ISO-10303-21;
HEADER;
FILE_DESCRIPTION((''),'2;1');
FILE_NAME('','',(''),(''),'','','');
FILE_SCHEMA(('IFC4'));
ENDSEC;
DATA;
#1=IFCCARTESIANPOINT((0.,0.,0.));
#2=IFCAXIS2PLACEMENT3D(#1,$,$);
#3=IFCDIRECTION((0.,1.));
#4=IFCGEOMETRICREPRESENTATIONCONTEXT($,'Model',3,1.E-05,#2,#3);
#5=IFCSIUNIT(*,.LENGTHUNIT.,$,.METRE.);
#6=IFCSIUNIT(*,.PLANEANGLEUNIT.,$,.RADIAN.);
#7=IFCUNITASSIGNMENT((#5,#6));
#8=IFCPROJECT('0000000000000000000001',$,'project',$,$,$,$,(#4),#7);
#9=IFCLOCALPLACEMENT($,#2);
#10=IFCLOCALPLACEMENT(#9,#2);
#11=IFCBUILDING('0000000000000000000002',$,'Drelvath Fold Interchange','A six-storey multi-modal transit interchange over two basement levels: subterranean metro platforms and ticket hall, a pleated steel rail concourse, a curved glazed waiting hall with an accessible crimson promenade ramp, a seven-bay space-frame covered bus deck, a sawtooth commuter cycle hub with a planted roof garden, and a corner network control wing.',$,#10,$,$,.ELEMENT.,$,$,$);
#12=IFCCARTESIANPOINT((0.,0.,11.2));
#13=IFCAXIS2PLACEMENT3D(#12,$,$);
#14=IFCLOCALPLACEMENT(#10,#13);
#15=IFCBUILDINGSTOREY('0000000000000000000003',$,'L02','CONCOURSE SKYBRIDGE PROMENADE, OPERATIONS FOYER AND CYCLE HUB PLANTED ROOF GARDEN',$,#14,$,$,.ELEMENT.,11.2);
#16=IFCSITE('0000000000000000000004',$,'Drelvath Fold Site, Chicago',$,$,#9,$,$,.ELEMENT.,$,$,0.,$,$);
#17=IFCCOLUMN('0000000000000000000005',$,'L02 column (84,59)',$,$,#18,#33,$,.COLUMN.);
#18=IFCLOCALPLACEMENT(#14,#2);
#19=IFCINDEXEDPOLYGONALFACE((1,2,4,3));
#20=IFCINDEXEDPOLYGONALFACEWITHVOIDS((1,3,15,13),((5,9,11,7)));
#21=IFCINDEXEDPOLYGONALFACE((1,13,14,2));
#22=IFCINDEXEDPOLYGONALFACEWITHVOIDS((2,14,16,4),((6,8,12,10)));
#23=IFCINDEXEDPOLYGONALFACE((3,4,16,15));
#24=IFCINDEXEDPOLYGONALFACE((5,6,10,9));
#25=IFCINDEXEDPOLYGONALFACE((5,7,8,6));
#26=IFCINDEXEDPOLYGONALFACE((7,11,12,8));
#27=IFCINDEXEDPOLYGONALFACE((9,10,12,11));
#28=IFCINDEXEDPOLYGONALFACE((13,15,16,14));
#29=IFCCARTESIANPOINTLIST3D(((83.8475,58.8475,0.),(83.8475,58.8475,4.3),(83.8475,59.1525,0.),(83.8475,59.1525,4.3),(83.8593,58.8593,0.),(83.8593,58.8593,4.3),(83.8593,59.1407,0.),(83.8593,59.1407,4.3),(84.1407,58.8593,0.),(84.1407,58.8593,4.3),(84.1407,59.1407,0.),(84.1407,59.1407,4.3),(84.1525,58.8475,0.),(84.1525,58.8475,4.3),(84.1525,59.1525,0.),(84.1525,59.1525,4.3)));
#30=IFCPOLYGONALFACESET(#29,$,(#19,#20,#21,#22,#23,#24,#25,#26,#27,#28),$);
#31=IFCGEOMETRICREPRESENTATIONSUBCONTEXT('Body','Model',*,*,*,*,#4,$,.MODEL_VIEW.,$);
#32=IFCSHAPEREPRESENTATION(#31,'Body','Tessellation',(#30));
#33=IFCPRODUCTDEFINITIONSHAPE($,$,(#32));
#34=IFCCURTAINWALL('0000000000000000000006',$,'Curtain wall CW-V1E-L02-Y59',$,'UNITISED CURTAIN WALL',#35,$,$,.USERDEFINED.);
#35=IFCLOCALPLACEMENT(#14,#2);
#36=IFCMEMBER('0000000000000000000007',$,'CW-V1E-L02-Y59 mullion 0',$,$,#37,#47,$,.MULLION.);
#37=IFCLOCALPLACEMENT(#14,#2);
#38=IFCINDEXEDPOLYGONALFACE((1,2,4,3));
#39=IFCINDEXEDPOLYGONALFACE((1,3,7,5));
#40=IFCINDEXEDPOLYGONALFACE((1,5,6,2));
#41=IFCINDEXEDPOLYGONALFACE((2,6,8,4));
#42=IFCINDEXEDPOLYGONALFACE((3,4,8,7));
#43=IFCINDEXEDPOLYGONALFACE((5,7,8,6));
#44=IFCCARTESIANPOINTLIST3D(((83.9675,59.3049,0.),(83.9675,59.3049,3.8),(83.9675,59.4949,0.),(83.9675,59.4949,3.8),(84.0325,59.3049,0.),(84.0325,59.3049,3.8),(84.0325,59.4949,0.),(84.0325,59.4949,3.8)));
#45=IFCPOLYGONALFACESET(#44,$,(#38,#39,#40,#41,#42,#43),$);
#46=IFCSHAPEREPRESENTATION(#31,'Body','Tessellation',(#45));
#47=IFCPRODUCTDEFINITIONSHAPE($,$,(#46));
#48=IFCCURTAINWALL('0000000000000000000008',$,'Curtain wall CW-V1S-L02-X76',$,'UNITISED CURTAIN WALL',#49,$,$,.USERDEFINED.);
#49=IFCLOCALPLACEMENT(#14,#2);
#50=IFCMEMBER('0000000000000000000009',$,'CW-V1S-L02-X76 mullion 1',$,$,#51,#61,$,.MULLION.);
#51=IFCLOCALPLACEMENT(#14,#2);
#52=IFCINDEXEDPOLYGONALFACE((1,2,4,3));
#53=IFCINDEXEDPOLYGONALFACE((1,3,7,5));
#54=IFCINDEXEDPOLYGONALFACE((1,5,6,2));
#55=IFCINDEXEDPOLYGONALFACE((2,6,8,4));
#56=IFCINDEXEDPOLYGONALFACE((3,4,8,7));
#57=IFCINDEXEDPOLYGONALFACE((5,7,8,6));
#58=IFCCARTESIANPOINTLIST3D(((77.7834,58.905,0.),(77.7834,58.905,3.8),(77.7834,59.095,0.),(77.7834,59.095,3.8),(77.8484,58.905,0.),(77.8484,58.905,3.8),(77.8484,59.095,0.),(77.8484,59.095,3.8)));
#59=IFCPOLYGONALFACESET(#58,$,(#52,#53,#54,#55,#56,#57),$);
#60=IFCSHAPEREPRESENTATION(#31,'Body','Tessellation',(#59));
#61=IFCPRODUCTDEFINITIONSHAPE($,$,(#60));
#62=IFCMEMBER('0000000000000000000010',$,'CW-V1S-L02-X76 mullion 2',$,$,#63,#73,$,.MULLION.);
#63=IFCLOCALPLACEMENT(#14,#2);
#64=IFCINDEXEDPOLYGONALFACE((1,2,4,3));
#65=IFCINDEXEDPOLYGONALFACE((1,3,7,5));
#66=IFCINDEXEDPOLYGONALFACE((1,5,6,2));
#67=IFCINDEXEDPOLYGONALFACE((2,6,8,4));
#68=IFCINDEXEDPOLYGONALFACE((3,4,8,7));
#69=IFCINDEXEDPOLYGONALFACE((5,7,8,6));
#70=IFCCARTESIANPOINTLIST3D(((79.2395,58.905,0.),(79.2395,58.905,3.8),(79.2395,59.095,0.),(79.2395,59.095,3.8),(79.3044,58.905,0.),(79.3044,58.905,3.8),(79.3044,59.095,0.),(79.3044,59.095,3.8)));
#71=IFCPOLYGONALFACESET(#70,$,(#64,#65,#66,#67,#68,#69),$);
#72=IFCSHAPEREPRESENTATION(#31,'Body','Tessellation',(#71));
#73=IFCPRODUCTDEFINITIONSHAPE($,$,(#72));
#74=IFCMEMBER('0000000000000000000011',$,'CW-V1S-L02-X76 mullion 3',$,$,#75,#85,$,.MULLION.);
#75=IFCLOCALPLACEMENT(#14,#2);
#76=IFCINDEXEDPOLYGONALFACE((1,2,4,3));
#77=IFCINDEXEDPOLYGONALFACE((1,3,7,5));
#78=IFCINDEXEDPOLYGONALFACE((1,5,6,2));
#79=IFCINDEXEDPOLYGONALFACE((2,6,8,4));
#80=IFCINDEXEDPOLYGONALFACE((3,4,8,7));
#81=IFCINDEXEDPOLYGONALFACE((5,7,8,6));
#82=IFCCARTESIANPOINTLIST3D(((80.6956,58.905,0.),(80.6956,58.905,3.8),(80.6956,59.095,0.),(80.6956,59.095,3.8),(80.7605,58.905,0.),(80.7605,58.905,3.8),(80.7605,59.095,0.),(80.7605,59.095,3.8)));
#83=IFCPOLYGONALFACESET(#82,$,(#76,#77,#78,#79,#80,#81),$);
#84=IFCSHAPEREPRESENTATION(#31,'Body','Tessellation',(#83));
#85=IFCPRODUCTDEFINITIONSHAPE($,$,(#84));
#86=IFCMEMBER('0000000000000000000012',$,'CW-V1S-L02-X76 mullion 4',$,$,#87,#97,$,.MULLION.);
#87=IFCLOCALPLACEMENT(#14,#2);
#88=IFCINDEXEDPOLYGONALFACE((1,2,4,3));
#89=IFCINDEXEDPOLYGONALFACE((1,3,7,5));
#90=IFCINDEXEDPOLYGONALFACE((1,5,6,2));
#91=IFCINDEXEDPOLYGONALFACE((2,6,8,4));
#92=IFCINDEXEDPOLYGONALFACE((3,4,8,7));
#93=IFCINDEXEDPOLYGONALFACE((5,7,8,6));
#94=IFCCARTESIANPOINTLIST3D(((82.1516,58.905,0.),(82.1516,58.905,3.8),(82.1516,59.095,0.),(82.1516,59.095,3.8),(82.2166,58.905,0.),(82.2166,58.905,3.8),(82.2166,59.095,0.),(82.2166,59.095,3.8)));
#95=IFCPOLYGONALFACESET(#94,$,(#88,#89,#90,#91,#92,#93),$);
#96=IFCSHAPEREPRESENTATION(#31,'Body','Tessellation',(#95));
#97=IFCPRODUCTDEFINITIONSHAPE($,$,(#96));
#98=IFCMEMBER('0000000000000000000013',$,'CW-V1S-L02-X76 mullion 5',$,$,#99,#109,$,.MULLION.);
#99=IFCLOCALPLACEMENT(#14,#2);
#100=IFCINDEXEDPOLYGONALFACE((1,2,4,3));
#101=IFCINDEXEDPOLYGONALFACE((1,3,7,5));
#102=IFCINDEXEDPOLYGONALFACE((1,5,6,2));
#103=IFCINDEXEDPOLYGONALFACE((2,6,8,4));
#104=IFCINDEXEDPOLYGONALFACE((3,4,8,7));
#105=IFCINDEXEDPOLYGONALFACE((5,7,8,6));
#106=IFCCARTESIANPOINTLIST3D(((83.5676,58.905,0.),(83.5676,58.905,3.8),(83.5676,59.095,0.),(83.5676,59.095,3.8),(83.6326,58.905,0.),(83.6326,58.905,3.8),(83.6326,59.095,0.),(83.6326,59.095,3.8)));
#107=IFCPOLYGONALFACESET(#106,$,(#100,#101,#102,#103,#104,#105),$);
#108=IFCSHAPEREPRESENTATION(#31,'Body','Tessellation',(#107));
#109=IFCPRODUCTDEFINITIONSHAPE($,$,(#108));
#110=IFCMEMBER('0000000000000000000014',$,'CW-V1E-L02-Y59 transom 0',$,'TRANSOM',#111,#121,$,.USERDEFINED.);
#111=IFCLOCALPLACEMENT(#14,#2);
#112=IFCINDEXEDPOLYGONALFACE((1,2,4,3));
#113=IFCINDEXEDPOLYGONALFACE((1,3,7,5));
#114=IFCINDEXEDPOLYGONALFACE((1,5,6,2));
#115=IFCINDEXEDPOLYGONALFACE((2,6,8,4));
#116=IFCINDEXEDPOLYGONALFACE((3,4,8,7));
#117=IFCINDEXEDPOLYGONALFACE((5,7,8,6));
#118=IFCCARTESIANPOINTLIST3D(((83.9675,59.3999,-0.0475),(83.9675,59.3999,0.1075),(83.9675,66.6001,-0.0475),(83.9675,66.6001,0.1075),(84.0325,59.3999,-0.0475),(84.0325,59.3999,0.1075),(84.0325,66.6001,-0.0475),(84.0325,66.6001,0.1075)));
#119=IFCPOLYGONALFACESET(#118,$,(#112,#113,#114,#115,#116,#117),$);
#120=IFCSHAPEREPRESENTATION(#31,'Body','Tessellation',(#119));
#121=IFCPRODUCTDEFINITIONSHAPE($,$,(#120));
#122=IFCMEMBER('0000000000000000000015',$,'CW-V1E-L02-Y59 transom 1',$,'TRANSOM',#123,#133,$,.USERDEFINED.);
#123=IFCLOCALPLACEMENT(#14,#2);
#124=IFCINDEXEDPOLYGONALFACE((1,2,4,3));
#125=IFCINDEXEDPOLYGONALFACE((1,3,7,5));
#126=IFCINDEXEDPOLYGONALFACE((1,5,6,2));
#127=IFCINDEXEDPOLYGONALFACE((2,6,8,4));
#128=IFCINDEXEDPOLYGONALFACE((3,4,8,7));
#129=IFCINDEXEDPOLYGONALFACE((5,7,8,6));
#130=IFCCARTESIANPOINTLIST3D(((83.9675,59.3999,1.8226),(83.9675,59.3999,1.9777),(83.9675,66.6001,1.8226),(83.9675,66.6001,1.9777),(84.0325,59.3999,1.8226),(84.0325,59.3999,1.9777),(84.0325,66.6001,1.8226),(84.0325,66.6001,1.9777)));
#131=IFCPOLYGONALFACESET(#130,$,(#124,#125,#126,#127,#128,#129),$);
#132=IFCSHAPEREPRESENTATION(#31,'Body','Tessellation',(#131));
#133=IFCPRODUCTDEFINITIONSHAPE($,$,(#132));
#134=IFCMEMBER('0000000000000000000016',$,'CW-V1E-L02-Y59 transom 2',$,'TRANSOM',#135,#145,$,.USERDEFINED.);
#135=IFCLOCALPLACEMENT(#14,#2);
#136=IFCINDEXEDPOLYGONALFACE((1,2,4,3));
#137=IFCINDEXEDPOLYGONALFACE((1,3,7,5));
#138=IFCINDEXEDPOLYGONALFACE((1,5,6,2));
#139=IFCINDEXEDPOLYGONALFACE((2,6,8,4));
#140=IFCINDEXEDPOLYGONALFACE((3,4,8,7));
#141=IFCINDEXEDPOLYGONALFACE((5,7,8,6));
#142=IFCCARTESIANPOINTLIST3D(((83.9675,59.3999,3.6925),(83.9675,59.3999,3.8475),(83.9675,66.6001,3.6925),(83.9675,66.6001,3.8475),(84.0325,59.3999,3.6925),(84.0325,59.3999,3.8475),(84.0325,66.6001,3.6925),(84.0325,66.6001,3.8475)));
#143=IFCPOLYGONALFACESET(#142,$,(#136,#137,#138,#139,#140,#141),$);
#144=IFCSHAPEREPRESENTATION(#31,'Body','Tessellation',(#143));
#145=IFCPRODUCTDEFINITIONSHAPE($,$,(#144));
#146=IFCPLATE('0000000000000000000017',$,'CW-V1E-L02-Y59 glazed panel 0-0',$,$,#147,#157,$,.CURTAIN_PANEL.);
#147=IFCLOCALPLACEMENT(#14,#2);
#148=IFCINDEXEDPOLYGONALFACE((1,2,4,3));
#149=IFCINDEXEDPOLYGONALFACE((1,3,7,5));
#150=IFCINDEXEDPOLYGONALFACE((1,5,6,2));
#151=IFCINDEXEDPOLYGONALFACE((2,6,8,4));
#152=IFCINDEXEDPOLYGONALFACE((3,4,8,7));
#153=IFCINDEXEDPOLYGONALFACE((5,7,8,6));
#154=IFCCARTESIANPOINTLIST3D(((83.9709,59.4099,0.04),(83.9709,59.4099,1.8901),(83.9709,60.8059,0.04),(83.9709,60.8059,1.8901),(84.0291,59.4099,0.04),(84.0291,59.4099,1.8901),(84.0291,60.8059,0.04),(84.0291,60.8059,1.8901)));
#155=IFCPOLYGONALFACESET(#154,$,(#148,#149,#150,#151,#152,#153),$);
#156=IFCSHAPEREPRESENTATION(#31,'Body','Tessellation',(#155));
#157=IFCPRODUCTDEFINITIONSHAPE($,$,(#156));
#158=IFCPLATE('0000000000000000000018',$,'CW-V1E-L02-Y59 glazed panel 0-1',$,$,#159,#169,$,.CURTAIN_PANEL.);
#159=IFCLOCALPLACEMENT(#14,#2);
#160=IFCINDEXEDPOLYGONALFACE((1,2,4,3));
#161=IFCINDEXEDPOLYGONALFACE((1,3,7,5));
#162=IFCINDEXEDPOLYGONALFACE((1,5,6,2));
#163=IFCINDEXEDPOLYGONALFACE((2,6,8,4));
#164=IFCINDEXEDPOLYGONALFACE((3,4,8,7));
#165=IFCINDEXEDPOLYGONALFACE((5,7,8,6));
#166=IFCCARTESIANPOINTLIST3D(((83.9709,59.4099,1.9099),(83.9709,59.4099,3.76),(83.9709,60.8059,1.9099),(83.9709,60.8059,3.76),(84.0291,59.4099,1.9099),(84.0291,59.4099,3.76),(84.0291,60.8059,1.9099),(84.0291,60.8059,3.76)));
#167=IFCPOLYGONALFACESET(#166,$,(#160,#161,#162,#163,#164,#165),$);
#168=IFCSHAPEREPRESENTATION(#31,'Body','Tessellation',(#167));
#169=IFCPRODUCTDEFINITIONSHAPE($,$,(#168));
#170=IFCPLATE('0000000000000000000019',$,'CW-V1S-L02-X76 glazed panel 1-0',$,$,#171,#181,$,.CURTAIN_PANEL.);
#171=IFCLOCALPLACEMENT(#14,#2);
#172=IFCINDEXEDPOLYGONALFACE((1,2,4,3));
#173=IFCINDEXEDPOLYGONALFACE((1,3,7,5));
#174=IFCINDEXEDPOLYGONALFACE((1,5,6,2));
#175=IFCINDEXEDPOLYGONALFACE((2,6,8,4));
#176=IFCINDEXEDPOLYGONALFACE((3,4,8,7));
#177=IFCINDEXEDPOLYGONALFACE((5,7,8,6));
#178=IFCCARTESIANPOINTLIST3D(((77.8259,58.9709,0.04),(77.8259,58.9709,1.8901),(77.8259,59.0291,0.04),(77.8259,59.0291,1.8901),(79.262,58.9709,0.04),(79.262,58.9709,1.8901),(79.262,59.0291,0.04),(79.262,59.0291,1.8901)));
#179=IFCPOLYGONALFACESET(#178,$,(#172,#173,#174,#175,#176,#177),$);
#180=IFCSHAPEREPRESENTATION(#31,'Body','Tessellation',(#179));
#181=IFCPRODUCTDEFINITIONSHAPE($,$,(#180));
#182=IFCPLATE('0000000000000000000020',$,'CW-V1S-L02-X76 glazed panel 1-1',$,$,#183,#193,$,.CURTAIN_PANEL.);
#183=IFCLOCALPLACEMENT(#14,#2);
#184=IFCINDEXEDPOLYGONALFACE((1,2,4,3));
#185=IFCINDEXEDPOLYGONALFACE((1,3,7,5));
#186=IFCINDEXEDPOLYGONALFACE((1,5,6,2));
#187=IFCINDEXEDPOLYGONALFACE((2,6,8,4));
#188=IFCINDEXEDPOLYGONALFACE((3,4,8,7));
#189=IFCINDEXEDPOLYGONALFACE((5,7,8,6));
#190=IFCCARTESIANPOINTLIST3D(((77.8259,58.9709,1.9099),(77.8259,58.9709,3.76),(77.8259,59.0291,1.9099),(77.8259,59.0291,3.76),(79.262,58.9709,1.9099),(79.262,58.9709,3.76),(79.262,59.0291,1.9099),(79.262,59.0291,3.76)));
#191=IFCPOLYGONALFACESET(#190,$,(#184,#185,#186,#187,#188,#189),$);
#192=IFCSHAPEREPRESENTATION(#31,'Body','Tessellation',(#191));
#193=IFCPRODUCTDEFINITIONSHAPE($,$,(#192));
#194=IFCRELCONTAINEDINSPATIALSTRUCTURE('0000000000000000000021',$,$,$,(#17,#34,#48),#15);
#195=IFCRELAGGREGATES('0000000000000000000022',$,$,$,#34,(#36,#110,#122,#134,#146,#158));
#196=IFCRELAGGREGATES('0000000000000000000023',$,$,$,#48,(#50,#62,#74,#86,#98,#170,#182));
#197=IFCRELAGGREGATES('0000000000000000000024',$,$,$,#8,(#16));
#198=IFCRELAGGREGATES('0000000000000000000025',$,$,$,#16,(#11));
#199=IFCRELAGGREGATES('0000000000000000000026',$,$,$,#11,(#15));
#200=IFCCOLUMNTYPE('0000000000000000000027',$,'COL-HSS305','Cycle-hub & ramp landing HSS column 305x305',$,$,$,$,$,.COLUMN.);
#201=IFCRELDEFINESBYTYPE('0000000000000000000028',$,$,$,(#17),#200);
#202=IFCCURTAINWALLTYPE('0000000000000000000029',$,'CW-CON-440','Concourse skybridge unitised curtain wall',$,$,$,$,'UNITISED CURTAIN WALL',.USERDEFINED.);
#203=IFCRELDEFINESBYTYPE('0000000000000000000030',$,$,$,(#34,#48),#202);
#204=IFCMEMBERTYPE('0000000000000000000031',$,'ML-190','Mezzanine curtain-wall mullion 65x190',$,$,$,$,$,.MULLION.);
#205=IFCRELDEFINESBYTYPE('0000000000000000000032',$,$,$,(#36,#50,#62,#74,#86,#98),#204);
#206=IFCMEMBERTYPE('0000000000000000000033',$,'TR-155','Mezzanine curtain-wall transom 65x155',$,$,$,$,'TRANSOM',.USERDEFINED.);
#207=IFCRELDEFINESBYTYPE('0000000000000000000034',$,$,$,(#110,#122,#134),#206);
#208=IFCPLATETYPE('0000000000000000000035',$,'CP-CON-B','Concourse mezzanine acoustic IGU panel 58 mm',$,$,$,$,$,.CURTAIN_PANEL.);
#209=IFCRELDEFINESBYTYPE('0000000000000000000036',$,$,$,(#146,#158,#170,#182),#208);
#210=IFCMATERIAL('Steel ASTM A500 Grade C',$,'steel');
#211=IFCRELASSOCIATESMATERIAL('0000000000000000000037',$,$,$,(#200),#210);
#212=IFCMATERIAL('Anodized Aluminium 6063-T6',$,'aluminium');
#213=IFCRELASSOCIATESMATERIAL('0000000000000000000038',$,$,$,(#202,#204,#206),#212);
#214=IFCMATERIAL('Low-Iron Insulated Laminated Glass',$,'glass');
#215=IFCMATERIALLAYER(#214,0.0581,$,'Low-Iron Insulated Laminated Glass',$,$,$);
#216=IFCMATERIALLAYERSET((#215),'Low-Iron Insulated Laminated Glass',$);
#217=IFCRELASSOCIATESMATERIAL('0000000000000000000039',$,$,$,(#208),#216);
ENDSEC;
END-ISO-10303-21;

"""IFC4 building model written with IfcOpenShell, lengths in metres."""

from ifc_helpers import new_model, si_unit, direction, frame, origin, origin_2d, place, context, subcontext, project, spatial, rectangle, hollow_rectangle, extrude, material, layer, layer_set, material_profile, profile_set, type_object, element, aggregate, save


model = new_model("IFC4")

# Units and contexts
model_context = context("Model", 3, precision=1e-05, world=origin(), true_north=direction((0.0, 1.0)))
body_context = subcontext(model_context, "Body", "Model", "MODEL_VIEW")
ifc_project = project(units=[si_unit("LENGTHUNIT", "METRE"), si_unit("PLANEANGLEUNIT", "RADIAN")], contexts=[model_context])

# Site, building, storey
site_placement = place(None, origin())
site = spatial("IfcSite", under=ifc_project, at=site_placement, Name="Drelvath Fold Site, Chicago", CompositionType="ELEMENT", RefElevation=0.0)
building_placement = place(site_placement, origin())
building = spatial("IfcBuilding", under=site, at=building_placement, Name="Drelvath Fold Interchange", Description="A six-storey multi-modal transit interchange over two basement levels: subterranean metro platforms and ticket hall, a pleated steel rail concourse, a curved glazed waiting hall with an accessible crimson promenade ramp, a seven-bay space-frame covered bus deck, a sawtooth commuter cycle hub with a planted roof garden, and a corner network control wing.", CompositionType="ELEMENT")
storey_placement = place(building_placement, frame((0.0, 0.0, 11.2)))
storey = spatial("IfcBuildingStorey", under=building, at=storey_placement, Name="L02", Description="CONCOURSE SKYBRIDGE PROMENADE, OPERATIONS FOYER AND CYCLE HUB PLANTED ROOF GARDEN", CompositionType="ELEMENT", Elevation=11.2)

# Column
ifc_material_1 = material(Name="Steel ASTM A500 Grade C", Category="steel")
ifc_material_profile_1 = material_profile(ifc_material_1, hollow_rectangle(XDim=0.3049, YDim=0.3049, WallThickness=0.0117, at=origin_2d()), Name="HSS12X12X1/2")
ifc_profile_set_1 = profile_set([ifc_material_profile_1], Name="Steel ASTM A500 Grade C")
column_type = type_object("IfcColumnType", Name="COL-HSS305", Description="Cycle-hub & ramp landing HSS column 305x305", PredefinedType="COLUMN", material=ifc_profile_set_1)
column_placement = place(storey_placement, frame((84.0, 59.0, 0.0), z_axis=(0.0, 0.0, 1.0), x_axis=(1.0, 0.0, 0.0)))
element("IfcColumn", 1, at=column_placement, inside=storey, type_object=column_type, Name="L02 column (84,59)", PredefinedType="COLUMN", context=body_context, shape_type="SweptSolid", body=[
    extrude(hollow_rectangle(XDim=0.3049, YDim=0.3049, WallThickness=0.0117, at=origin_2d()), origin(), (0.0, 0.0, 1.0), 4.3),
])

# Curtain wall, member
ifc_material_2 = material(Name="Anodized Aluminium 6063-T6", Category="aluminium")
curtain_wall_type = type_object("IfcCurtainWallType", Name="CW-CON-440", Description="Concourse skybridge unitised curtain wall", ElementType="UNITISED CURTAIN WALL", PredefinedType="USERDEFINED", material=ifc_material_2)
curtain_wall_1_placement = place(storey_placement, origin())
curtain_wall_1 = element("IfcCurtainWall", 2, at=curtain_wall_1_placement, inside=storey, type_object=curtain_wall_type, Name="Curtain wall CW-V1E-L02-Y59", ObjectType="UNITISED CURTAIN WALL", PredefinedType="USERDEFINED")
ifc_material_profile_2 = material_profile(ifc_material_2, rectangle(XDim=0.0649, YDim=0.1899, at=origin_2d()), Name="AL-M 65x190")
ifc_profile_set_2 = profile_set([ifc_material_profile_2], Name="Anodized Aluminium 6063-T6")
member_type_1 = type_object("IfcMemberType", Name="ML-190", Description="Mezzanine curtain-wall mullion 65x190", PredefinedType="MULLION", material=ifc_profile_set_2)
member_1_placement = place(storey_placement, frame((84.0, 59.3999, 0.0), z_axis=(0.0, 0.0, 1.0), x_axis=(1.0, 0.0, 0.0)))
member_1 = element("IfcMember", 3, at=member_1_placement, type_object=member_type_1, Name="CW-V1E-L02-Y59 mullion 0", PredefinedType="MULLION", context=body_context, shape_type="SweptSolid", body=[
    extrude(rectangle(XDim=0.0649, YDim=0.1899, at=origin_2d()), origin(), (0.0, 0.0, 1.0), 3.8),
])

# Curtain wall, members
curtain_wall_2_placement = place(storey_placement, origin())
curtain_wall_2 = element("IfcCurtainWall", 4, at=curtain_wall_2_placement, inside=storey, type_object=curtain_wall_type, Name="Curtain wall CW-V1S-L02-X76", ObjectType="UNITISED CURTAIN WALL", PredefinedType="USERDEFINED")
member_2_placement = place(storey_placement, frame((77.8159, 59.0, 0.0), z_axis=(0.0, 0.0, 1.0), x_axis=(1.0, 0.0, 0.0)))
member_2 = element("IfcMember", 5, at=member_2_placement, type_object=member_type_1, Name="CW-V1S-L02-X76 mullion 1", PredefinedType="MULLION", context=body_context, shape_type="SweptSolid", body=[
    extrude(rectangle(XDim=0.0649, YDim=0.1899, at=origin_2d()), origin(), (0.0, 0.0, 1.0), 3.8),
])
member_3_placement = place(storey_placement, frame((79.272, 59.0, 0.0), z_axis=(0.0, 0.0, 1.0), x_axis=(1.0, 0.0, 0.0)))
member_3 = element("IfcMember", 6, at=member_3_placement, type_object=member_type_1, Name="CW-V1S-L02-X76 mullion 2", PredefinedType="MULLION", context=body_context, shape_type="SweptSolid", body=[
    extrude(rectangle(XDim=0.0649, YDim=0.1899, at=origin_2d()), origin(), (0.0, 0.0, 1.0), 3.8),
])
member_4_placement = place(storey_placement, frame((80.728, 59.0, 0.0), z_axis=(0.0, 0.0, 1.0), x_axis=(1.0, 0.0, 0.0)))
member_4 = element("IfcMember", 7, at=member_4_placement, type_object=member_type_1, Name="CW-V1S-L02-X76 mullion 3", PredefinedType="MULLION", context=body_context, shape_type="SweptSolid", body=[
    extrude(rectangle(XDim=0.0649, YDim=0.1899, at=origin_2d()), origin(), (0.0, 0.0, 1.0), 3.8),
])
member_5_placement = place(storey_placement, frame((82.1841, 59.0, 0.0), z_axis=(0.0, 0.0, 1.0), x_axis=(1.0, 0.0, 0.0)))
member_5 = element("IfcMember", 8, at=member_5_placement, type_object=member_type_1, Name="CW-V1S-L02-X76 mullion 4", PredefinedType="MULLION", context=body_context, shape_type="SweptSolid", body=[
    extrude(rectangle(XDim=0.0649, YDim=0.1899, at=origin_2d()), origin(), (0.0, 0.0, 1.0), 3.8),
])
member_6_placement = place(storey_placement, frame((83.6001, 59.0, 0.0), z_axis=(0.0, 0.0, 1.0), x_axis=(1.0, 0.0, 0.0)))
member_6 = element("IfcMember", 9, at=member_6_placement, type_object=member_type_1, Name="CW-V1S-L02-X76 mullion 5", PredefinedType="MULLION", context=body_context, shape_type="SweptSolid", body=[
    extrude(rectangle(XDim=0.0649, YDim=0.1899, at=origin_2d()), origin(), (0.0, 0.0, 1.0), 3.8),
])

# Members
ifc_material_profile_3 = material_profile(ifc_material_2, rectangle(XDim=0.0649, YDim=0.155, at=origin_2d()), Name="AL-T 65x155")
ifc_profile_set_3 = profile_set([ifc_material_profile_3], Name="Anodized Aluminium 6063-T6")
member_type_2 = type_object("IfcMemberType", Name="TR-155", Description="Mezzanine curtain-wall transom 65x155", ElementType="TRANSOM", PredefinedType="USERDEFINED", material=ifc_profile_set_3)
member_7_placement = place(storey_placement, frame((84.0, 59.3999, 0.03), z_axis=(0.0, 1.0, 0.0), x_axis=(-1.0, 0.0, 0.0)))
member_7 = element("IfcMember", 10, at=member_7_placement, type_object=member_type_2, Name="CW-V1E-L02-Y59 transom 0", ObjectType="TRANSOM", PredefinedType="USERDEFINED", context=body_context, shape_type="SweptSolid", body=[
    extrude(rectangle(XDim=0.0649, YDim=0.155, at=origin_2d()), origin(), (0.0, 0.0, 1.0), 7.2002),
])
member_8_placement = place(storey_placement, frame((84.0, 59.3999, 1.9001), z_axis=(0.0, 1.0, 0.0), x_axis=(-1.0, 0.0, 0.0)))
member_8 = element("IfcMember", 11, at=member_8_placement, type_object=member_type_2, Name="CW-V1E-L02-Y59 transom 1", ObjectType="TRANSOM", PredefinedType="USERDEFINED", context=body_context, shape_type="SweptSolid", body=[
    extrude(rectangle(XDim=0.0649, YDim=0.155, at=origin_2d()), origin(), (0.0, 0.0, 1.0), 7.2002),
])
member_9_placement = place(storey_placement, frame((84.0, 59.3999, 3.77), z_axis=(0.0, 1.0, 0.0), x_axis=(-1.0, 0.0, 0.0)))
member_9 = element("IfcMember", 12, at=member_9_placement, type_object=member_type_2, Name="CW-V1E-L02-Y59 transom 2", ObjectType="TRANSOM", PredefinedType="USERDEFINED", context=body_context, shape_type="SweptSolid", body=[
    extrude(rectangle(XDim=0.0649, YDim=0.155, at=origin_2d()), origin(), (0.0, 0.0, 1.0), 7.2002),
])

# Plates
ifc_material_3 = material(Name="Low-Iron Insulated Laminated Glass", Category="glass")
ifc_layer_1 = layer(ifc_material_3, 0.0581, Name="Low-Iron Insulated Laminated Glass")
ifc_layer_set_1 = layer_set([ifc_layer_1], Name="Low-Iron Insulated Laminated Glass")
plate_type = type_object("IfcPlateType", Name="CP-CON-B", Description="Concourse mezzanine acoustic IGU panel 58 mm", PredefinedType="CURTAIN_PANEL", material=ifc_layer_set_1)
plate_1_placement = place(storey_placement, frame((84.0, 60.1079, 0.04), z_axis=(0.0, 0.0, 1.0), x_axis=(0.0, 1.0, 0.0)))
plate_1 = element("IfcPlate", 13, at=plate_1_placement, type_object=plate_type, Name="CW-V1E-L02-Y59 glazed panel 0-0", PredefinedType="CURTAIN_PANEL", context=body_context, shape_type="SweptSolid", body=[
    extrude(rectangle(XDim=1.396, YDim=0.0581, at=origin_2d()), origin(), (0.0, 0.0, 1.0), 1.8501),
])
plate_2_placement = place(storey_placement, frame((84.0, 60.1079, 1.9099), z_axis=(0.0, 0.0, 1.0), x_axis=(0.0, 1.0, 0.0)))
plate_2 = element("IfcPlate", 14, at=plate_2_placement, type_object=plate_type, Name="CW-V1E-L02-Y59 glazed panel 0-1", PredefinedType="CURTAIN_PANEL", context=body_context, shape_type="SweptSolid", body=[
    extrude(rectangle(XDim=1.396, YDim=0.0581, at=origin_2d()), origin(), (0.0, 0.0, 1.0), 1.8501),
])
aggregate(curtain_wall_1, [member_1, member_7, member_8, member_9, plate_1, plate_2])
plate_3_placement = place(storey_placement, frame((78.5439, 59.0, 0.04), z_axis=(0.0, 0.0, 1.0), x_axis=(1.0, 0.0, 0.0)))
plate_3 = element("IfcPlate", 15, at=plate_3_placement, type_object=plate_type, Name="CW-V1S-L02-X76 glazed panel 1-0", PredefinedType="CURTAIN_PANEL", context=body_context, shape_type="SweptSolid", body=[
    extrude(rectangle(XDim=1.436, YDim=0.0581, at=origin_2d()), origin(), (0.0, 0.0, 1.0), 1.8501),
])
plate_4_placement = place(storey_placement, frame((78.5439, 59.0, 1.9099), z_axis=(0.0, 0.0, 1.0), x_axis=(1.0, 0.0, 0.0)))
plate_4 = element("IfcPlate", 16, at=plate_4_placement, type_object=plate_type, Name="CW-V1S-L02-X76 glazed panel 1-1", PredefinedType="CURTAIN_PANEL", context=body_context, shape_type="SweptSolid", body=[
    extrude(rectangle(XDim=1.436, YDim=0.0581, at=origin_2d()), origin(), (0.0, 0.0, 1.0), 1.8501),
])
aggregate(curtain_wall_2, [member_2, member_3, member_4, member_5, member_6, plate_3, plate_4])

save(model, "model.ifc")
